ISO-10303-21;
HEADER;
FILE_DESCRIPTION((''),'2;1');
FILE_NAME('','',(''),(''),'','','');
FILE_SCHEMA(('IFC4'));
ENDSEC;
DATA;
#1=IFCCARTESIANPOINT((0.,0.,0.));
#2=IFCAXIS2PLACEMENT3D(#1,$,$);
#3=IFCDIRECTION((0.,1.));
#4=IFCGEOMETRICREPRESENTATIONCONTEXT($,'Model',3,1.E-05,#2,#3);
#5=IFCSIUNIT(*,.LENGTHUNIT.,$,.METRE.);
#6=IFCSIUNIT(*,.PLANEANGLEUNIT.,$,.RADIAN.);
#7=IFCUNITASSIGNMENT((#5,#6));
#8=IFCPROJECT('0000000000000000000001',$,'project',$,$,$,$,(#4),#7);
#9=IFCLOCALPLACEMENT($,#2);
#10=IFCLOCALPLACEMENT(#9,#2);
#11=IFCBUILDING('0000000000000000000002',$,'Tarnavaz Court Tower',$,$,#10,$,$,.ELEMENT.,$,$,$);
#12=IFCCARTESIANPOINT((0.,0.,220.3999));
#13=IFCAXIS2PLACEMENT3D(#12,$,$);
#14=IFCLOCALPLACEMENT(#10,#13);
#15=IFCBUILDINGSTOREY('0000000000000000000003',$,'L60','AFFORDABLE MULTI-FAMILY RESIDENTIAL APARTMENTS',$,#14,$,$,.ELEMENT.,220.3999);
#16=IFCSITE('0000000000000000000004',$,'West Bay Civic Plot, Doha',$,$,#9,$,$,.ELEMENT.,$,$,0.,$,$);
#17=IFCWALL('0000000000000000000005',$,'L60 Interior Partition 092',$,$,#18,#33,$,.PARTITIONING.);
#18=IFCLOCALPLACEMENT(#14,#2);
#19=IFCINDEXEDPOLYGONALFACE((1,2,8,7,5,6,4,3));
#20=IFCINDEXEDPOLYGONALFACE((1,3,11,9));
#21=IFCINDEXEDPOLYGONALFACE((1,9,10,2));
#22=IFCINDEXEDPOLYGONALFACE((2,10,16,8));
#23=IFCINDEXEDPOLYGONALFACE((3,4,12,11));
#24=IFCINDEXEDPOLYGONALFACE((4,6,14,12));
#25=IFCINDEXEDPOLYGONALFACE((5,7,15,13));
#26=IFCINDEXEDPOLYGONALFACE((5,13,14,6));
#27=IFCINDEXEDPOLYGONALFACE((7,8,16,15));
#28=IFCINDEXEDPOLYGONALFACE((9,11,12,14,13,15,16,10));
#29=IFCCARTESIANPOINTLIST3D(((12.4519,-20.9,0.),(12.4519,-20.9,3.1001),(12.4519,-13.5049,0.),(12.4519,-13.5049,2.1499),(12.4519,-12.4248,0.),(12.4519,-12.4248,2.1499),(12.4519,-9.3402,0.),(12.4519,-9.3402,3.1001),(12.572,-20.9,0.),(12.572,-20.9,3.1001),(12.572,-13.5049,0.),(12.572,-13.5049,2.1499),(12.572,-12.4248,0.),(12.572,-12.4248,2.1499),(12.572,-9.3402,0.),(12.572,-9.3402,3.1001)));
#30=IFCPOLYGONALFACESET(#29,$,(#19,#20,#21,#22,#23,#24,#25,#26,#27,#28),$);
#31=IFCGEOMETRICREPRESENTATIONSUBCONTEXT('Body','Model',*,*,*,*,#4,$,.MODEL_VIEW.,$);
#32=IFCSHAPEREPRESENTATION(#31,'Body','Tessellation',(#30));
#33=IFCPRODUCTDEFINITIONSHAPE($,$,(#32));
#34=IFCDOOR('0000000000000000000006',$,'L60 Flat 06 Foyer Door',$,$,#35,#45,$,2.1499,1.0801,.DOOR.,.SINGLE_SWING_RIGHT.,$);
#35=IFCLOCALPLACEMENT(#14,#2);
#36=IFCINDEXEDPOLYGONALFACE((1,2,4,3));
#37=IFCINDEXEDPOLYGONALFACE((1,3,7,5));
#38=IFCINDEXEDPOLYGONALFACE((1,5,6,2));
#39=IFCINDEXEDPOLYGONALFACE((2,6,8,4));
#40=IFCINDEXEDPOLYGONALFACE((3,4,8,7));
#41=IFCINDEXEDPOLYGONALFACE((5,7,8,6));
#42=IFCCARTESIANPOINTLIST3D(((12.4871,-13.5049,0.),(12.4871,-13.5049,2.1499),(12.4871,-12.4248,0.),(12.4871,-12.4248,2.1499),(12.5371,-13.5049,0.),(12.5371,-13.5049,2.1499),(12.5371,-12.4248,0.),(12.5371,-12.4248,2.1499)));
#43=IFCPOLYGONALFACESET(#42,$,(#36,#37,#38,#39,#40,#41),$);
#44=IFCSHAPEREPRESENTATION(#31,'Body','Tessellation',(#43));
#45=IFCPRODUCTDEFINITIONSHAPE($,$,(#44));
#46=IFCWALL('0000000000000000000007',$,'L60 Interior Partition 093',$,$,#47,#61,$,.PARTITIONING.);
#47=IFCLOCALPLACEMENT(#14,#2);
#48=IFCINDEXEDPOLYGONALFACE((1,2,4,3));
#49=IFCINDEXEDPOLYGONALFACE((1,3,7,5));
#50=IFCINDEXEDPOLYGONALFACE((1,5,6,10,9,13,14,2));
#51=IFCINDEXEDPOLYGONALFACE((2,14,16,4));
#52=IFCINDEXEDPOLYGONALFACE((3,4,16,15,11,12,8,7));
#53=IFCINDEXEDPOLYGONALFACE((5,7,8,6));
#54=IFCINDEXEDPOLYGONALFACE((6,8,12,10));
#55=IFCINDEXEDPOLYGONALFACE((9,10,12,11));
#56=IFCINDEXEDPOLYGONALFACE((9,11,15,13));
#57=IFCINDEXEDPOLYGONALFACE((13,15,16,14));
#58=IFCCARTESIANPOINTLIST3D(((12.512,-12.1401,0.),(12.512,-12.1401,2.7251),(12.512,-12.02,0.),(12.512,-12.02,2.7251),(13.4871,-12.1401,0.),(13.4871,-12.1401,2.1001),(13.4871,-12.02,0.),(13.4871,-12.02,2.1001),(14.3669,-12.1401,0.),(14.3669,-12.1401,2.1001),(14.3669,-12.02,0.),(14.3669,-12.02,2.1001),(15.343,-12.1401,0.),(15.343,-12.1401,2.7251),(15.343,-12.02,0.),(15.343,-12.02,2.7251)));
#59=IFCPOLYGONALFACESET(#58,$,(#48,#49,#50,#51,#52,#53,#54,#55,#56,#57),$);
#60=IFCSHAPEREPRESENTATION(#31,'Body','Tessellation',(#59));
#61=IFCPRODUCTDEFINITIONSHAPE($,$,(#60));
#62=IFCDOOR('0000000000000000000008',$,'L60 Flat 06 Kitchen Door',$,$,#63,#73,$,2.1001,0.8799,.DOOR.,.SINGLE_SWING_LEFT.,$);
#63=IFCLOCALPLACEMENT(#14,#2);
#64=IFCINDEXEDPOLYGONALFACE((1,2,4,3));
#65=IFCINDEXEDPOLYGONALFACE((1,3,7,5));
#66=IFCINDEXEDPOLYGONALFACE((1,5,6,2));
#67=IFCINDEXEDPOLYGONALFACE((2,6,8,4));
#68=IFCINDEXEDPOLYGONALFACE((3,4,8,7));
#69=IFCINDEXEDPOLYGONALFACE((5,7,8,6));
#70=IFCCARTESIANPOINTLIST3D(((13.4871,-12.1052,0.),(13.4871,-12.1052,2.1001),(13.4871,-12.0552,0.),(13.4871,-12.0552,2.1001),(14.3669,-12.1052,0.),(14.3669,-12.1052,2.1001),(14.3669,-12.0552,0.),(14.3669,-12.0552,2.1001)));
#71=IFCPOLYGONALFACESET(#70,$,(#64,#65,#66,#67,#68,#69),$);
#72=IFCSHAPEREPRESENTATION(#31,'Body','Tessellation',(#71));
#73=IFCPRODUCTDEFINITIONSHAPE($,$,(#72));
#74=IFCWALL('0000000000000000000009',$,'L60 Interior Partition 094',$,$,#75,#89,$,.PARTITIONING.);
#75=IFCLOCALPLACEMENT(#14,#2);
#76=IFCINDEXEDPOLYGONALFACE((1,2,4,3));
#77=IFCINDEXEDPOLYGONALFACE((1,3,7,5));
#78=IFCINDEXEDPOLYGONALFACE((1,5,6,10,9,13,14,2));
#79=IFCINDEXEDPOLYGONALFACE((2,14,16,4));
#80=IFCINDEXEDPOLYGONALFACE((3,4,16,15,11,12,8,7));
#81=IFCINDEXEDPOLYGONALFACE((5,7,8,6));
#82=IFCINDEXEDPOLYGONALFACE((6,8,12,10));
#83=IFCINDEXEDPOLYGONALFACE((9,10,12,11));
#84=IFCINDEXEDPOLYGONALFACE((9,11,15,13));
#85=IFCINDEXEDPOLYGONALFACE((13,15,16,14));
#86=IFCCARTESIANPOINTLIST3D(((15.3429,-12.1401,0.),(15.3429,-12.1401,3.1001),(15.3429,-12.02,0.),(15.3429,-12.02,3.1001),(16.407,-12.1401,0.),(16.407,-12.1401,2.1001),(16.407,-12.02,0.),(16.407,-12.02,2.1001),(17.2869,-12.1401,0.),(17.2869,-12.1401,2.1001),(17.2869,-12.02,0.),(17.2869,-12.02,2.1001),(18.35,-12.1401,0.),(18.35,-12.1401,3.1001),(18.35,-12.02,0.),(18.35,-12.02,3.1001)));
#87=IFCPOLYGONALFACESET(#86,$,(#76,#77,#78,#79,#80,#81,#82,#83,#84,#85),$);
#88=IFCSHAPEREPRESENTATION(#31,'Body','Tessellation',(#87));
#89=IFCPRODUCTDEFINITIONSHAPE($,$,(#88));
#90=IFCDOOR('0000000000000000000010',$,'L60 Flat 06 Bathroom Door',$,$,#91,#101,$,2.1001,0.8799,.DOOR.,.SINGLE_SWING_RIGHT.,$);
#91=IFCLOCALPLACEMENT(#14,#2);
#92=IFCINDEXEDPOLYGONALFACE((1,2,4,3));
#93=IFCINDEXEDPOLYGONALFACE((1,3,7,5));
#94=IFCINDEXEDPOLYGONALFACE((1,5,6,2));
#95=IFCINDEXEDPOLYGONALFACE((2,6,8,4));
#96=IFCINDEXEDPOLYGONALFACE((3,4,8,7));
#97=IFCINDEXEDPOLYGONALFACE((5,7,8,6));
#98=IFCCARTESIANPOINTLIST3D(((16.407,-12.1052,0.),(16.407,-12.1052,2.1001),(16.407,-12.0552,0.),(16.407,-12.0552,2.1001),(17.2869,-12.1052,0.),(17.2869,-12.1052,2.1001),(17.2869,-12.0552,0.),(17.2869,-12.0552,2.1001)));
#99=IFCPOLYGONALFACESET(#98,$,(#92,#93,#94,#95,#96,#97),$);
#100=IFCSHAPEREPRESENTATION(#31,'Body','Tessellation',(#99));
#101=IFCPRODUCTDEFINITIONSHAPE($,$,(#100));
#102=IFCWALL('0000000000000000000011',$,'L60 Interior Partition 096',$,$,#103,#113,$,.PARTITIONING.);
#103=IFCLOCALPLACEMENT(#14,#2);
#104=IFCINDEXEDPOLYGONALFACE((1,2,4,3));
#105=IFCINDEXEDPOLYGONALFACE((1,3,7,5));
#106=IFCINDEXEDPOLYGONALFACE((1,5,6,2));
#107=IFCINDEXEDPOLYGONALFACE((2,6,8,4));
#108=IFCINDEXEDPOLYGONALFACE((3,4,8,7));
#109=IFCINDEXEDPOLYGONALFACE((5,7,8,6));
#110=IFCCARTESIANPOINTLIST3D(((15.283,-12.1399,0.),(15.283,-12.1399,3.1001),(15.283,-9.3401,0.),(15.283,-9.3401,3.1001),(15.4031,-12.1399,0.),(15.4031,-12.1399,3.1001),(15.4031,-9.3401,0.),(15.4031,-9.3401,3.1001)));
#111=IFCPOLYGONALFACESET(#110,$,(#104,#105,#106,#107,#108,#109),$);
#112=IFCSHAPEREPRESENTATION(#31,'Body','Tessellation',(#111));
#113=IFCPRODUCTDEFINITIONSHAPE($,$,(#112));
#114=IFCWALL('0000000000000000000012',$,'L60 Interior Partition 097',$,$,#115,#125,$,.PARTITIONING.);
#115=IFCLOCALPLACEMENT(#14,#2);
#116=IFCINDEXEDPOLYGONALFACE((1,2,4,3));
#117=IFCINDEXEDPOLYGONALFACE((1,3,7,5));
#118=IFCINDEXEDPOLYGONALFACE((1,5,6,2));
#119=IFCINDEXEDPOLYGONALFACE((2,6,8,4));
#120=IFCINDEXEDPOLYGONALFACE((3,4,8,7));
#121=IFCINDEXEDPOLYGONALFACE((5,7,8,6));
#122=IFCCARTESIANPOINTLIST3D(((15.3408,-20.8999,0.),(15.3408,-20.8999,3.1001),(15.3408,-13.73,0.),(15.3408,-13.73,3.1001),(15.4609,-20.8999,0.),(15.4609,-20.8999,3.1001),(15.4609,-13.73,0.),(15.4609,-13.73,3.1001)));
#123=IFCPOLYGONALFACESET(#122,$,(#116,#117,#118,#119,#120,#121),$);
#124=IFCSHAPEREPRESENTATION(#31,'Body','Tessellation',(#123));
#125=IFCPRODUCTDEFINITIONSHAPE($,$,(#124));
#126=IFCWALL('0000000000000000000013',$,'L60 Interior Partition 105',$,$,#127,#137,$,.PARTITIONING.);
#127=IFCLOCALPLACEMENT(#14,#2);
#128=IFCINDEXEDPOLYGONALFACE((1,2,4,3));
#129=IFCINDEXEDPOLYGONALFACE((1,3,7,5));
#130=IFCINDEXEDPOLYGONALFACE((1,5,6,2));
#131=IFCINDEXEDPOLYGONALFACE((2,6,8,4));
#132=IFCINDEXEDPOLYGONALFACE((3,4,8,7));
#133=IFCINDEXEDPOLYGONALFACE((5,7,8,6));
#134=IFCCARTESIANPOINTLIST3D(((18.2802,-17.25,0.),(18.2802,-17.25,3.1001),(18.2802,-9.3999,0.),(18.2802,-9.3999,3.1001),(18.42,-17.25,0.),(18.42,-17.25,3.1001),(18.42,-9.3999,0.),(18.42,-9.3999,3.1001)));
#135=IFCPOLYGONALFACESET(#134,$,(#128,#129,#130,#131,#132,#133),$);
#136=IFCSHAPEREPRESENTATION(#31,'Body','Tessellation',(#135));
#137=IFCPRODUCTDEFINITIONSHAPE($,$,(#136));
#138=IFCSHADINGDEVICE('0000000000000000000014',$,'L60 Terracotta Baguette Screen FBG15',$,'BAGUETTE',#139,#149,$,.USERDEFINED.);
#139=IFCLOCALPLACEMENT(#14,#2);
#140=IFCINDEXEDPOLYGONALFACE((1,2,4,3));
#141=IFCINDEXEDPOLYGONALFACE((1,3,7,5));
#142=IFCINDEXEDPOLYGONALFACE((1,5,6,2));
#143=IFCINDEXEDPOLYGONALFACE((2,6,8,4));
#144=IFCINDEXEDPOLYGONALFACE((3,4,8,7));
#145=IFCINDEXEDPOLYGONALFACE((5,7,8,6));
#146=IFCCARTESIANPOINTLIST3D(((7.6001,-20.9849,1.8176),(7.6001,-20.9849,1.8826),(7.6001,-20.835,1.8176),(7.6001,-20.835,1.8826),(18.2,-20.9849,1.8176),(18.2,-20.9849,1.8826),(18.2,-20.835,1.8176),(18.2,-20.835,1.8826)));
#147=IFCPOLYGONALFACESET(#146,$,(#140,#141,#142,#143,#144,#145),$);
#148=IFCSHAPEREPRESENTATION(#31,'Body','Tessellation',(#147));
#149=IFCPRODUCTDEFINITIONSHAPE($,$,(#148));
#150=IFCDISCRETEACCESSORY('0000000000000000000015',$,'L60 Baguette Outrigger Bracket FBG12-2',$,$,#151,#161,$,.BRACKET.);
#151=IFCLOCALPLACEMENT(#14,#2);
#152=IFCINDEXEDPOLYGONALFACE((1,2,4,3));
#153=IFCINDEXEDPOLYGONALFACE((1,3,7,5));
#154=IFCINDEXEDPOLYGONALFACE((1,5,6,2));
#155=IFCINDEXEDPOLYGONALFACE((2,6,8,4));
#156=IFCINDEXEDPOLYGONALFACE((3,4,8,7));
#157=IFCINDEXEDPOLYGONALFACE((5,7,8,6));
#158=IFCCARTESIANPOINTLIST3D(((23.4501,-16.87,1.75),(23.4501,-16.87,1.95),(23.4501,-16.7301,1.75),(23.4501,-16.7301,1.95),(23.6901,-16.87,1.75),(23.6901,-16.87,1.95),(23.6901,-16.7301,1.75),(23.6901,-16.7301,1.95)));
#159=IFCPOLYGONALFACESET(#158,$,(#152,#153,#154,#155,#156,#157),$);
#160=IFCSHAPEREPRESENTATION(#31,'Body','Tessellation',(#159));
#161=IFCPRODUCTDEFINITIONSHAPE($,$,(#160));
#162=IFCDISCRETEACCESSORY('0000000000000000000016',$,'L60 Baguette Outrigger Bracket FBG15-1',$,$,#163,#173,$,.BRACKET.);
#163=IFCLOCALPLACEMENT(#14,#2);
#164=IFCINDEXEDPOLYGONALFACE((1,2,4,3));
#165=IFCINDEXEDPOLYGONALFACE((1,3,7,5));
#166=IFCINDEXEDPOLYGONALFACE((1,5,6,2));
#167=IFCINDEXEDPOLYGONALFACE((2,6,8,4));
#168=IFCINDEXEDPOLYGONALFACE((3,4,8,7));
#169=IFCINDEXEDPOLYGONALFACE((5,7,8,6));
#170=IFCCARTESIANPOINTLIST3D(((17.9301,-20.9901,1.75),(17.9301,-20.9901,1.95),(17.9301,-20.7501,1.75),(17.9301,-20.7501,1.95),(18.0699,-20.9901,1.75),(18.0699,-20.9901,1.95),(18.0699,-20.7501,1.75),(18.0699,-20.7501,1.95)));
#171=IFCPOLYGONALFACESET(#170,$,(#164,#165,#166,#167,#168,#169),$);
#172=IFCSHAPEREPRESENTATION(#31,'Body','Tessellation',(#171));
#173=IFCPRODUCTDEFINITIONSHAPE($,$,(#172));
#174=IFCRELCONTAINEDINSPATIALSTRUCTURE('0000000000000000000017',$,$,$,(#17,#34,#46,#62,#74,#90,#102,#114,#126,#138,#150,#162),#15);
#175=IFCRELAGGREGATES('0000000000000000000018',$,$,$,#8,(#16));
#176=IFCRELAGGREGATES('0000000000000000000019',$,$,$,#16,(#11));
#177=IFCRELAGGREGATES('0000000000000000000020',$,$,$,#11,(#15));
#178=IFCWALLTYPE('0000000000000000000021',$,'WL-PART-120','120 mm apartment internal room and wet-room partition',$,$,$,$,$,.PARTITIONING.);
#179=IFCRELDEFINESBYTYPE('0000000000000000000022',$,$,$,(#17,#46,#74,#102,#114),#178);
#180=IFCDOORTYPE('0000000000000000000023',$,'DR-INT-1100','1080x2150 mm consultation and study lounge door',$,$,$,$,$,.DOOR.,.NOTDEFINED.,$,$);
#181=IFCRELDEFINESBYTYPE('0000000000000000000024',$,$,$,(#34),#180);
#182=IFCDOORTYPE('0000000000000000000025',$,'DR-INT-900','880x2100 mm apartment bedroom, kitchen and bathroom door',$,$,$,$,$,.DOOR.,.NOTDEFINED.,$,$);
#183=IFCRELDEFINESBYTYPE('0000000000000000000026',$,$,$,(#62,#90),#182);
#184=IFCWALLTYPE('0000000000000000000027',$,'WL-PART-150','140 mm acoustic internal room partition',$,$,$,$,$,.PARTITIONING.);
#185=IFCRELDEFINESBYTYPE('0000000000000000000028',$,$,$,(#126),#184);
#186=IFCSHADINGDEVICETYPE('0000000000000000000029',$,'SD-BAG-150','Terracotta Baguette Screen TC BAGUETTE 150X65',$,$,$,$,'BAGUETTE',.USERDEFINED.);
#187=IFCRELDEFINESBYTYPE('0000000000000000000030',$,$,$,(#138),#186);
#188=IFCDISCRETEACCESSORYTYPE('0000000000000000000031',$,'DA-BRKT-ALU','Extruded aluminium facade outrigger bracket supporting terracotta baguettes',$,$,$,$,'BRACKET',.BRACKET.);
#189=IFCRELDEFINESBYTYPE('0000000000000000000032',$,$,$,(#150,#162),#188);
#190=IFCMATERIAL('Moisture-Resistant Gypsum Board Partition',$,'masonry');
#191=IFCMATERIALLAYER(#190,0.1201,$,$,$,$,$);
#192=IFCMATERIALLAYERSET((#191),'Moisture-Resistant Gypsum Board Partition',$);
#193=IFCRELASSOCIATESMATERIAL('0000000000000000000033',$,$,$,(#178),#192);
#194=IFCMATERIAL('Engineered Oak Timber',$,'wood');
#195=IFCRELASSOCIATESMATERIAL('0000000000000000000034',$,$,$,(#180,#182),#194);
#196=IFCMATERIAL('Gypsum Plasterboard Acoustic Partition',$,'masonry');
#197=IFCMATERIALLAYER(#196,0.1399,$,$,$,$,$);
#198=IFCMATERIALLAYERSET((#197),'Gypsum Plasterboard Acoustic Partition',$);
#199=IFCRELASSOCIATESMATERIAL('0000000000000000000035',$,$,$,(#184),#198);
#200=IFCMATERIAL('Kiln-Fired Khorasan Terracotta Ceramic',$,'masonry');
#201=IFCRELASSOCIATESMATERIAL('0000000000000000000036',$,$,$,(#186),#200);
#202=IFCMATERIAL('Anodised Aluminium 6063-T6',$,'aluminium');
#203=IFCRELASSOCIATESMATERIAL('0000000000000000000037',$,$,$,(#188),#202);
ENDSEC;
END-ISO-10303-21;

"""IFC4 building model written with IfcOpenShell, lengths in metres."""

from ifc_helpers import new_model, si_unit, direction, frame, frame_2d, origin, origin_2d, place, context, subcontext, project, spatial, rectangle, extrude, material, layer, layer_set, material_profile, profile_set, type_object, element, fill, save


model = new_model("IFC4")

# Units and contexts
model_context = context("Model", 3, precision=1e-05, world=origin(), true_north=direction((0.0, 1.0)))
body_context = subcontext(model_context, "Body", "Model", "MODEL_VIEW")
ifc_project = project(units=[si_unit("LENGTHUNIT", "METRE"), si_unit("PLANEANGLEUNIT", "RADIAN")], contexts=[model_context])

# Site, building, storey
site_placement = place(None, origin())
site = spatial("IfcSite", under=ifc_project, at=site_placement, Name="West Bay Civic Plot, Doha", CompositionType="ELEMENT", RefElevation=0.0)
building_placement = place(site_placement, origin())
building = spatial("IfcBuilding", under=site, at=building_placement, Name="Tarnavaz Court Tower", CompositionType="ELEMENT")
storey_placement = place(building_placement, frame((0.0, 0.0, 220.3999)))
storey = spatial("IfcBuildingStorey", under=building, at=storey_placement, Name="L60", Description="AFFORDABLE MULTI-FAMILY RESIDENTIAL APARTMENTS", CompositionType="ELEMENT", Elevation=220.3999)

# Walls, openings, doors
ifc_material_1 = material(Name="Engineered Oak Timber", Category="wood")
ifc_material_2 = material(Name="Moisture-Resistant Gypsum Board Partition", Category="masonry")
ifc_layer_1 = layer(ifc_material_2, 0.1201)
ifc_layer_set_1 = layer_set([ifc_layer_1], Name="Moisture-Resistant Gypsum Board Partition")
wall_type_1 = type_object("IfcWallType", Name="WL-PART-120", Description="120 mm apartment internal room and wet-room partition", PredefinedType="PARTITIONING", material=ifc_layer_set_1)
wall_1_placement = place(storey_placement, frame((12.512, -20.8999, 0.0), z_axis=(0.0, 0.0, 1.0), x_axis=(0.0, 1.0, 0.0)))
wall_1 = element("IfcWall", 1, at=wall_1_placement, inside=storey, type_object=wall_type_1, Name="L60 Interior Partition 092", PredefinedType="PARTITIONING", context=body_context, shape_type="SweptSolid", body=[
    extrude(rectangle(XDim=11.5598, YDim=0.1201, at=frame_2d((5.7798, 0.0))), origin(), (0.0, 0.0, 1.0), 3.1001),
])
opening_1_placement = place(wall_1_placement, frame((7.395, 0.0, 0.0)))
opening_1 = element("IfcOpeningElement", 2, at=opening_1_placement, cuts=wall_1, PredefinedType="OPENING", context=body_context, shape_type="SweptSolid", body=[
    extrude(rectangle(XDim=1.0801, YDim=2.1499, at=frame_2d((0.54, 1.075))), frame((0.0, 0.0701, 0.0), z_axis=(0.0, -1.0, 0.0), x_axis=(1.0, 0.0, 0.0)), (0.0, 0.0, 1.0), 0.1401),
])
door_type_1 = type_object("IfcDoorType", Name="DR-INT-1100", Description="1080x2150 mm consultation and study lounge door", OperationType="NOTDEFINED", PredefinedType="DOOR", material=ifc_material_1)
door_1_placement = place(opening_1_placement, origin())
door_1 = element("IfcDoor", 3, at=door_1_placement, inside=storey, type_object=door_type_1, Name="L60 Flat 06 Foyer Door", OperationType="SINGLE_SWING_RIGHT", OverallHeight=2.1499, OverallWidth=1.0801, PredefinedType="DOOR", context=body_context, shape_type="SweptSolid", body=[
    extrude(rectangle(XDim=1.0801, YDim=2.1499, at=frame_2d((0.54, 1.075))), frame((0.0, 0.0249, 0.0), z_axis=(0.0, -1.0, 0.0), x_axis=(1.0, 0.0, 0.0)), (0.0, 0.0, 1.0), 0.05),
])
fill(opening_1, door_1)
wall_2_placement = place(storey_placement, frame((12.512, -12.0801, 0.0), z_axis=(0.0, 0.0, 1.0), x_axis=(1.0, 0.0, 0.0)))
wall_2 = element("IfcWall", 4, at=wall_2_placement, inside=storey, type_object=wall_type_1, Name="L60 Interior Partition 093", PredefinedType="PARTITIONING", context=body_context, shape_type="SweptSolid", body=[
    extrude(rectangle(XDim=2.8311, YDim=0.1201, at=frame_2d((1.4155, 0.0))), origin(), (0.0, 0.0, 1.0), 2.7251),
])
opening_2_placement = place(wall_2_placement, frame((0.9751, 0.0, 0.0)))
opening_2 = element("IfcOpeningElement", 5, at=opening_2_placement, cuts=wall_2, PredefinedType="OPENING", context=body_context, shape_type="SweptSolid", body=[
    extrude(rectangle(XDim=0.8799, YDim=2.1001, at=frame_2d((0.4399, 1.05))), frame((0.0, 0.0701, 0.0), z_axis=(0.0, -1.0, 0.0), x_axis=(1.0, 0.0, 0.0)), (0.0, 0.0, 1.0), 0.1401),
])
door_type_2 = type_object("IfcDoorType", Name="DR-INT-900", Description="880x2100 mm apartment bedroom, kitchen and bathroom door", OperationType="NOTDEFINED", PredefinedType="DOOR", material=ifc_material_1)
door_2_placement = place(opening_2_placement, origin())
door_2 = element("IfcDoor", 6, at=door_2_placement, inside=storey, type_object=door_type_2, Name="L60 Flat 06 Kitchen Door", OperationType="SINGLE_SWING_LEFT", OverallHeight=2.1001, OverallWidth=0.8799, PredefinedType="DOOR", context=body_context, shape_type="SweptSolid", body=[
    extrude(rectangle(XDim=0.8799, YDim=2.1001, at=frame_2d((0.4399, 1.05))), frame((0.0, 0.0249, 0.0), z_axis=(0.0, -1.0, 0.0), x_axis=(1.0, 0.0, 0.0)), (0.0, 0.0, 1.0), 0.05),
])
fill(opening_2, door_2)
wall_3_placement = place(storey_placement, frame((15.343, -12.0801, 0.0), z_axis=(0.0, 0.0, 1.0), x_axis=(1.0, 0.0, 0.0)))
wall_3 = element("IfcWall", 7, at=wall_3_placement, inside=storey, type_object=wall_type_1, Name="L60 Interior Partition 094", PredefinedType="PARTITIONING", context=body_context, shape_type="SweptSolid", body=[
    extrude(rectangle(XDim=3.0071, YDim=0.1201, at=frame_2d((1.5034, 0.0))), origin(), (0.0, 0.0, 1.0), 3.1001),
])
opening_3_placement = place(wall_3_placement, frame((1.064, 0.0, 0.0)))
opening_3 = element("IfcOpeningElement", 8, at=opening_3_placement, cuts=wall_3, PredefinedType="OPENING", context=body_context, shape_type="SweptSolid", body=[
    extrude(rectangle(XDim=0.8799, YDim=2.1001, at=frame_2d((0.4399, 1.05))), frame((0.0, 0.0701, 0.0), z_axis=(0.0, -1.0, 0.0), x_axis=(1.0, 0.0, 0.0)), (0.0, 0.0, 1.0), 0.1401),
])
door_3_placement = place(opening_3_placement, origin())
door_3 = element("IfcDoor", 9, at=door_3_placement, inside=storey, type_object=door_type_2, Name="L60 Flat 06 Bathroom Door", OperationType="SINGLE_SWING_RIGHT", OverallHeight=2.1001, OverallWidth=0.8799, PredefinedType="DOOR", context=body_context, shape_type="SweptSolid", body=[
    extrude(rectangle(XDim=0.8799, YDim=2.1001, at=frame_2d((0.4399, 1.05))), frame((0.0, 0.0249, 0.0), z_axis=(0.0, -1.0, 0.0), x_axis=(1.0, 0.0, 0.0)), (0.0, 0.0, 1.0), 0.05),
])
fill(opening_3, door_3)

# Walls
wall_4_placement = place(storey_placement, frame((15.343, -12.1399, 0.0), z_axis=(0.0, 0.0, 1.0), x_axis=(0.0, 1.0, 0.0)))
element("IfcWall", 10, at=wall_4_placement, inside=storey, type_object=wall_type_1, Name="L60 Interior Partition 096", PredefinedType="PARTITIONING", context=body_context, shape_type="SweptSolid", body=[
    extrude(rectangle(XDim=2.7998, YDim=0.1201, at=frame_2d((1.3999, 0.0))), origin(), (0.0, 0.0, 1.0), 3.1001),
])
wall_5_placement = place(storey_placement, frame((15.4009, -20.8999, 0.0), z_axis=(0.0, 0.0, 1.0), x_axis=(0.0, 1.0, 0.0)))
element("IfcWall", 11, at=wall_5_placement, inside=storey, type_object=wall_type_1, Name="L60 Interior Partition 097", PredefinedType="PARTITIONING", context=body_context, shape_type="SweptSolid", body=[
    extrude(rectangle(XDim=7.1699, YDim=0.1201, at=frame_2d((3.585, 0.0))), origin(), (0.0, 0.0, 1.0), 3.1001),
])
ifc_material_3 = material(Name="Gypsum Plasterboard Acoustic Partition", Category="masonry")
ifc_layer_2 = layer(ifc_material_3, 0.1399)
ifc_layer_set_2 = layer_set([ifc_layer_2], Name="Gypsum Plasterboard Acoustic Partition")
wall_type_2 = type_object("IfcWallType", Name="WL-PART-150", Description="140 mm acoustic internal room partition", PredefinedType="PARTITIONING", material=ifc_layer_set_2)
wall_6_placement = place(storey_placement, frame((18.3501, -17.25, 0.0), z_axis=(0.0, 0.0, 1.0), x_axis=(0.0, 1.0, 0.0)))
element("IfcWall", 12, at=wall_6_placement, inside=storey, type_object=wall_type_2, Name="L60 Interior Partition 105", PredefinedType="PARTITIONING", context=body_context, shape_type="SweptSolid", body=[
    extrude(rectangle(XDim=7.8501, YDim=0.1399, at=frame_2d((3.925, 0.0))), origin(), (0.0, 0.0, 1.0), 3.1001),
])

# Shading device
ifc_material_4 = material(Name="Kiln-Fired Khorasan Terracotta Ceramic", Category="masonry")
ifc_material_profile_1 = material_profile(ifc_material_4, rectangle(XDim=0.1499, YDim=0.0649, at=origin_2d()), Name="TC BAGUETTE 150X65")
ifc_profile_set_1 = profile_set([ifc_material_profile_1], Name="Kiln-Fired Khorasan Terracotta Ceramic")
shading_device_type = type_object("IfcShadingDeviceType", Name="SD-BAG-150", Description="Terracotta Baguette Screen TC BAGUETTE 150X65", ElementType="BAGUETTE", PredefinedType="USERDEFINED", material=ifc_profile_set_1)
shading_device_placement = place(storey_placement, frame((18.2, -20.9099, 1.8501), z_axis=(-1.0, 0.0, 0.0), x_axis=(0.0, -1.0, 0.0)))
element("IfcShadingDevice", 13, at=shading_device_placement, inside=storey, type_object=shading_device_type, Name="L60 Terracotta Baguette Screen FBG15", ObjectType="BAGUETTE", PredefinedType="USERDEFINED", context=body_context, shape_type="SweptSolid", body=[
    extrude(rectangle(XDim=0.1499, YDim=0.0649, at=origin_2d()), origin(), (0.0, 0.0, 1.0), 10.5999),
])

# Discrete accessories
ifc_material_5 = material(Name="Anodised Aluminium 6063-T6", Category="aluminium")
discrete_accessory_type = type_object("IfcDiscreteAccessoryType", Name="DA-BRKT-ALU", Description="Extruded aluminium facade outrigger bracket supporting terracotta baguettes", ElementType="BRACKET", PredefinedType="BRACKET", material=ifc_material_5)
for number, where, z_axis, x_axis, name in (
    (14, (23.5701, -16.8, 1.75), (0.0, 0.0, 1.0), (0.0, -1.0, 0.0), "L60 Baguette Outrigger Bracket FBG12-2"),
    (15, (18.0, -20.8701, 1.75), (0.0, 0.0, 1.0), (-1.0, 0.0, 0.0), "L60 Baguette Outrigger Bracket FBG15-1"),
):
    element("IfcDiscreteAccessory", number, at=place(storey_placement, frame(where, z_axis=z_axis, x_axis=x_axis)), inside=storey, type_object=discrete_accessory_type, Name=name, PredefinedType="BRACKET", context=body_context, shape_type="SweptSolid", body=[
        extrude(rectangle(XDim=0.1399, YDim=0.24, at=origin_2d()), origin(), (0.0, 0.0, 1.0), 0.2),
    ])

save(model, "model.ifc")
